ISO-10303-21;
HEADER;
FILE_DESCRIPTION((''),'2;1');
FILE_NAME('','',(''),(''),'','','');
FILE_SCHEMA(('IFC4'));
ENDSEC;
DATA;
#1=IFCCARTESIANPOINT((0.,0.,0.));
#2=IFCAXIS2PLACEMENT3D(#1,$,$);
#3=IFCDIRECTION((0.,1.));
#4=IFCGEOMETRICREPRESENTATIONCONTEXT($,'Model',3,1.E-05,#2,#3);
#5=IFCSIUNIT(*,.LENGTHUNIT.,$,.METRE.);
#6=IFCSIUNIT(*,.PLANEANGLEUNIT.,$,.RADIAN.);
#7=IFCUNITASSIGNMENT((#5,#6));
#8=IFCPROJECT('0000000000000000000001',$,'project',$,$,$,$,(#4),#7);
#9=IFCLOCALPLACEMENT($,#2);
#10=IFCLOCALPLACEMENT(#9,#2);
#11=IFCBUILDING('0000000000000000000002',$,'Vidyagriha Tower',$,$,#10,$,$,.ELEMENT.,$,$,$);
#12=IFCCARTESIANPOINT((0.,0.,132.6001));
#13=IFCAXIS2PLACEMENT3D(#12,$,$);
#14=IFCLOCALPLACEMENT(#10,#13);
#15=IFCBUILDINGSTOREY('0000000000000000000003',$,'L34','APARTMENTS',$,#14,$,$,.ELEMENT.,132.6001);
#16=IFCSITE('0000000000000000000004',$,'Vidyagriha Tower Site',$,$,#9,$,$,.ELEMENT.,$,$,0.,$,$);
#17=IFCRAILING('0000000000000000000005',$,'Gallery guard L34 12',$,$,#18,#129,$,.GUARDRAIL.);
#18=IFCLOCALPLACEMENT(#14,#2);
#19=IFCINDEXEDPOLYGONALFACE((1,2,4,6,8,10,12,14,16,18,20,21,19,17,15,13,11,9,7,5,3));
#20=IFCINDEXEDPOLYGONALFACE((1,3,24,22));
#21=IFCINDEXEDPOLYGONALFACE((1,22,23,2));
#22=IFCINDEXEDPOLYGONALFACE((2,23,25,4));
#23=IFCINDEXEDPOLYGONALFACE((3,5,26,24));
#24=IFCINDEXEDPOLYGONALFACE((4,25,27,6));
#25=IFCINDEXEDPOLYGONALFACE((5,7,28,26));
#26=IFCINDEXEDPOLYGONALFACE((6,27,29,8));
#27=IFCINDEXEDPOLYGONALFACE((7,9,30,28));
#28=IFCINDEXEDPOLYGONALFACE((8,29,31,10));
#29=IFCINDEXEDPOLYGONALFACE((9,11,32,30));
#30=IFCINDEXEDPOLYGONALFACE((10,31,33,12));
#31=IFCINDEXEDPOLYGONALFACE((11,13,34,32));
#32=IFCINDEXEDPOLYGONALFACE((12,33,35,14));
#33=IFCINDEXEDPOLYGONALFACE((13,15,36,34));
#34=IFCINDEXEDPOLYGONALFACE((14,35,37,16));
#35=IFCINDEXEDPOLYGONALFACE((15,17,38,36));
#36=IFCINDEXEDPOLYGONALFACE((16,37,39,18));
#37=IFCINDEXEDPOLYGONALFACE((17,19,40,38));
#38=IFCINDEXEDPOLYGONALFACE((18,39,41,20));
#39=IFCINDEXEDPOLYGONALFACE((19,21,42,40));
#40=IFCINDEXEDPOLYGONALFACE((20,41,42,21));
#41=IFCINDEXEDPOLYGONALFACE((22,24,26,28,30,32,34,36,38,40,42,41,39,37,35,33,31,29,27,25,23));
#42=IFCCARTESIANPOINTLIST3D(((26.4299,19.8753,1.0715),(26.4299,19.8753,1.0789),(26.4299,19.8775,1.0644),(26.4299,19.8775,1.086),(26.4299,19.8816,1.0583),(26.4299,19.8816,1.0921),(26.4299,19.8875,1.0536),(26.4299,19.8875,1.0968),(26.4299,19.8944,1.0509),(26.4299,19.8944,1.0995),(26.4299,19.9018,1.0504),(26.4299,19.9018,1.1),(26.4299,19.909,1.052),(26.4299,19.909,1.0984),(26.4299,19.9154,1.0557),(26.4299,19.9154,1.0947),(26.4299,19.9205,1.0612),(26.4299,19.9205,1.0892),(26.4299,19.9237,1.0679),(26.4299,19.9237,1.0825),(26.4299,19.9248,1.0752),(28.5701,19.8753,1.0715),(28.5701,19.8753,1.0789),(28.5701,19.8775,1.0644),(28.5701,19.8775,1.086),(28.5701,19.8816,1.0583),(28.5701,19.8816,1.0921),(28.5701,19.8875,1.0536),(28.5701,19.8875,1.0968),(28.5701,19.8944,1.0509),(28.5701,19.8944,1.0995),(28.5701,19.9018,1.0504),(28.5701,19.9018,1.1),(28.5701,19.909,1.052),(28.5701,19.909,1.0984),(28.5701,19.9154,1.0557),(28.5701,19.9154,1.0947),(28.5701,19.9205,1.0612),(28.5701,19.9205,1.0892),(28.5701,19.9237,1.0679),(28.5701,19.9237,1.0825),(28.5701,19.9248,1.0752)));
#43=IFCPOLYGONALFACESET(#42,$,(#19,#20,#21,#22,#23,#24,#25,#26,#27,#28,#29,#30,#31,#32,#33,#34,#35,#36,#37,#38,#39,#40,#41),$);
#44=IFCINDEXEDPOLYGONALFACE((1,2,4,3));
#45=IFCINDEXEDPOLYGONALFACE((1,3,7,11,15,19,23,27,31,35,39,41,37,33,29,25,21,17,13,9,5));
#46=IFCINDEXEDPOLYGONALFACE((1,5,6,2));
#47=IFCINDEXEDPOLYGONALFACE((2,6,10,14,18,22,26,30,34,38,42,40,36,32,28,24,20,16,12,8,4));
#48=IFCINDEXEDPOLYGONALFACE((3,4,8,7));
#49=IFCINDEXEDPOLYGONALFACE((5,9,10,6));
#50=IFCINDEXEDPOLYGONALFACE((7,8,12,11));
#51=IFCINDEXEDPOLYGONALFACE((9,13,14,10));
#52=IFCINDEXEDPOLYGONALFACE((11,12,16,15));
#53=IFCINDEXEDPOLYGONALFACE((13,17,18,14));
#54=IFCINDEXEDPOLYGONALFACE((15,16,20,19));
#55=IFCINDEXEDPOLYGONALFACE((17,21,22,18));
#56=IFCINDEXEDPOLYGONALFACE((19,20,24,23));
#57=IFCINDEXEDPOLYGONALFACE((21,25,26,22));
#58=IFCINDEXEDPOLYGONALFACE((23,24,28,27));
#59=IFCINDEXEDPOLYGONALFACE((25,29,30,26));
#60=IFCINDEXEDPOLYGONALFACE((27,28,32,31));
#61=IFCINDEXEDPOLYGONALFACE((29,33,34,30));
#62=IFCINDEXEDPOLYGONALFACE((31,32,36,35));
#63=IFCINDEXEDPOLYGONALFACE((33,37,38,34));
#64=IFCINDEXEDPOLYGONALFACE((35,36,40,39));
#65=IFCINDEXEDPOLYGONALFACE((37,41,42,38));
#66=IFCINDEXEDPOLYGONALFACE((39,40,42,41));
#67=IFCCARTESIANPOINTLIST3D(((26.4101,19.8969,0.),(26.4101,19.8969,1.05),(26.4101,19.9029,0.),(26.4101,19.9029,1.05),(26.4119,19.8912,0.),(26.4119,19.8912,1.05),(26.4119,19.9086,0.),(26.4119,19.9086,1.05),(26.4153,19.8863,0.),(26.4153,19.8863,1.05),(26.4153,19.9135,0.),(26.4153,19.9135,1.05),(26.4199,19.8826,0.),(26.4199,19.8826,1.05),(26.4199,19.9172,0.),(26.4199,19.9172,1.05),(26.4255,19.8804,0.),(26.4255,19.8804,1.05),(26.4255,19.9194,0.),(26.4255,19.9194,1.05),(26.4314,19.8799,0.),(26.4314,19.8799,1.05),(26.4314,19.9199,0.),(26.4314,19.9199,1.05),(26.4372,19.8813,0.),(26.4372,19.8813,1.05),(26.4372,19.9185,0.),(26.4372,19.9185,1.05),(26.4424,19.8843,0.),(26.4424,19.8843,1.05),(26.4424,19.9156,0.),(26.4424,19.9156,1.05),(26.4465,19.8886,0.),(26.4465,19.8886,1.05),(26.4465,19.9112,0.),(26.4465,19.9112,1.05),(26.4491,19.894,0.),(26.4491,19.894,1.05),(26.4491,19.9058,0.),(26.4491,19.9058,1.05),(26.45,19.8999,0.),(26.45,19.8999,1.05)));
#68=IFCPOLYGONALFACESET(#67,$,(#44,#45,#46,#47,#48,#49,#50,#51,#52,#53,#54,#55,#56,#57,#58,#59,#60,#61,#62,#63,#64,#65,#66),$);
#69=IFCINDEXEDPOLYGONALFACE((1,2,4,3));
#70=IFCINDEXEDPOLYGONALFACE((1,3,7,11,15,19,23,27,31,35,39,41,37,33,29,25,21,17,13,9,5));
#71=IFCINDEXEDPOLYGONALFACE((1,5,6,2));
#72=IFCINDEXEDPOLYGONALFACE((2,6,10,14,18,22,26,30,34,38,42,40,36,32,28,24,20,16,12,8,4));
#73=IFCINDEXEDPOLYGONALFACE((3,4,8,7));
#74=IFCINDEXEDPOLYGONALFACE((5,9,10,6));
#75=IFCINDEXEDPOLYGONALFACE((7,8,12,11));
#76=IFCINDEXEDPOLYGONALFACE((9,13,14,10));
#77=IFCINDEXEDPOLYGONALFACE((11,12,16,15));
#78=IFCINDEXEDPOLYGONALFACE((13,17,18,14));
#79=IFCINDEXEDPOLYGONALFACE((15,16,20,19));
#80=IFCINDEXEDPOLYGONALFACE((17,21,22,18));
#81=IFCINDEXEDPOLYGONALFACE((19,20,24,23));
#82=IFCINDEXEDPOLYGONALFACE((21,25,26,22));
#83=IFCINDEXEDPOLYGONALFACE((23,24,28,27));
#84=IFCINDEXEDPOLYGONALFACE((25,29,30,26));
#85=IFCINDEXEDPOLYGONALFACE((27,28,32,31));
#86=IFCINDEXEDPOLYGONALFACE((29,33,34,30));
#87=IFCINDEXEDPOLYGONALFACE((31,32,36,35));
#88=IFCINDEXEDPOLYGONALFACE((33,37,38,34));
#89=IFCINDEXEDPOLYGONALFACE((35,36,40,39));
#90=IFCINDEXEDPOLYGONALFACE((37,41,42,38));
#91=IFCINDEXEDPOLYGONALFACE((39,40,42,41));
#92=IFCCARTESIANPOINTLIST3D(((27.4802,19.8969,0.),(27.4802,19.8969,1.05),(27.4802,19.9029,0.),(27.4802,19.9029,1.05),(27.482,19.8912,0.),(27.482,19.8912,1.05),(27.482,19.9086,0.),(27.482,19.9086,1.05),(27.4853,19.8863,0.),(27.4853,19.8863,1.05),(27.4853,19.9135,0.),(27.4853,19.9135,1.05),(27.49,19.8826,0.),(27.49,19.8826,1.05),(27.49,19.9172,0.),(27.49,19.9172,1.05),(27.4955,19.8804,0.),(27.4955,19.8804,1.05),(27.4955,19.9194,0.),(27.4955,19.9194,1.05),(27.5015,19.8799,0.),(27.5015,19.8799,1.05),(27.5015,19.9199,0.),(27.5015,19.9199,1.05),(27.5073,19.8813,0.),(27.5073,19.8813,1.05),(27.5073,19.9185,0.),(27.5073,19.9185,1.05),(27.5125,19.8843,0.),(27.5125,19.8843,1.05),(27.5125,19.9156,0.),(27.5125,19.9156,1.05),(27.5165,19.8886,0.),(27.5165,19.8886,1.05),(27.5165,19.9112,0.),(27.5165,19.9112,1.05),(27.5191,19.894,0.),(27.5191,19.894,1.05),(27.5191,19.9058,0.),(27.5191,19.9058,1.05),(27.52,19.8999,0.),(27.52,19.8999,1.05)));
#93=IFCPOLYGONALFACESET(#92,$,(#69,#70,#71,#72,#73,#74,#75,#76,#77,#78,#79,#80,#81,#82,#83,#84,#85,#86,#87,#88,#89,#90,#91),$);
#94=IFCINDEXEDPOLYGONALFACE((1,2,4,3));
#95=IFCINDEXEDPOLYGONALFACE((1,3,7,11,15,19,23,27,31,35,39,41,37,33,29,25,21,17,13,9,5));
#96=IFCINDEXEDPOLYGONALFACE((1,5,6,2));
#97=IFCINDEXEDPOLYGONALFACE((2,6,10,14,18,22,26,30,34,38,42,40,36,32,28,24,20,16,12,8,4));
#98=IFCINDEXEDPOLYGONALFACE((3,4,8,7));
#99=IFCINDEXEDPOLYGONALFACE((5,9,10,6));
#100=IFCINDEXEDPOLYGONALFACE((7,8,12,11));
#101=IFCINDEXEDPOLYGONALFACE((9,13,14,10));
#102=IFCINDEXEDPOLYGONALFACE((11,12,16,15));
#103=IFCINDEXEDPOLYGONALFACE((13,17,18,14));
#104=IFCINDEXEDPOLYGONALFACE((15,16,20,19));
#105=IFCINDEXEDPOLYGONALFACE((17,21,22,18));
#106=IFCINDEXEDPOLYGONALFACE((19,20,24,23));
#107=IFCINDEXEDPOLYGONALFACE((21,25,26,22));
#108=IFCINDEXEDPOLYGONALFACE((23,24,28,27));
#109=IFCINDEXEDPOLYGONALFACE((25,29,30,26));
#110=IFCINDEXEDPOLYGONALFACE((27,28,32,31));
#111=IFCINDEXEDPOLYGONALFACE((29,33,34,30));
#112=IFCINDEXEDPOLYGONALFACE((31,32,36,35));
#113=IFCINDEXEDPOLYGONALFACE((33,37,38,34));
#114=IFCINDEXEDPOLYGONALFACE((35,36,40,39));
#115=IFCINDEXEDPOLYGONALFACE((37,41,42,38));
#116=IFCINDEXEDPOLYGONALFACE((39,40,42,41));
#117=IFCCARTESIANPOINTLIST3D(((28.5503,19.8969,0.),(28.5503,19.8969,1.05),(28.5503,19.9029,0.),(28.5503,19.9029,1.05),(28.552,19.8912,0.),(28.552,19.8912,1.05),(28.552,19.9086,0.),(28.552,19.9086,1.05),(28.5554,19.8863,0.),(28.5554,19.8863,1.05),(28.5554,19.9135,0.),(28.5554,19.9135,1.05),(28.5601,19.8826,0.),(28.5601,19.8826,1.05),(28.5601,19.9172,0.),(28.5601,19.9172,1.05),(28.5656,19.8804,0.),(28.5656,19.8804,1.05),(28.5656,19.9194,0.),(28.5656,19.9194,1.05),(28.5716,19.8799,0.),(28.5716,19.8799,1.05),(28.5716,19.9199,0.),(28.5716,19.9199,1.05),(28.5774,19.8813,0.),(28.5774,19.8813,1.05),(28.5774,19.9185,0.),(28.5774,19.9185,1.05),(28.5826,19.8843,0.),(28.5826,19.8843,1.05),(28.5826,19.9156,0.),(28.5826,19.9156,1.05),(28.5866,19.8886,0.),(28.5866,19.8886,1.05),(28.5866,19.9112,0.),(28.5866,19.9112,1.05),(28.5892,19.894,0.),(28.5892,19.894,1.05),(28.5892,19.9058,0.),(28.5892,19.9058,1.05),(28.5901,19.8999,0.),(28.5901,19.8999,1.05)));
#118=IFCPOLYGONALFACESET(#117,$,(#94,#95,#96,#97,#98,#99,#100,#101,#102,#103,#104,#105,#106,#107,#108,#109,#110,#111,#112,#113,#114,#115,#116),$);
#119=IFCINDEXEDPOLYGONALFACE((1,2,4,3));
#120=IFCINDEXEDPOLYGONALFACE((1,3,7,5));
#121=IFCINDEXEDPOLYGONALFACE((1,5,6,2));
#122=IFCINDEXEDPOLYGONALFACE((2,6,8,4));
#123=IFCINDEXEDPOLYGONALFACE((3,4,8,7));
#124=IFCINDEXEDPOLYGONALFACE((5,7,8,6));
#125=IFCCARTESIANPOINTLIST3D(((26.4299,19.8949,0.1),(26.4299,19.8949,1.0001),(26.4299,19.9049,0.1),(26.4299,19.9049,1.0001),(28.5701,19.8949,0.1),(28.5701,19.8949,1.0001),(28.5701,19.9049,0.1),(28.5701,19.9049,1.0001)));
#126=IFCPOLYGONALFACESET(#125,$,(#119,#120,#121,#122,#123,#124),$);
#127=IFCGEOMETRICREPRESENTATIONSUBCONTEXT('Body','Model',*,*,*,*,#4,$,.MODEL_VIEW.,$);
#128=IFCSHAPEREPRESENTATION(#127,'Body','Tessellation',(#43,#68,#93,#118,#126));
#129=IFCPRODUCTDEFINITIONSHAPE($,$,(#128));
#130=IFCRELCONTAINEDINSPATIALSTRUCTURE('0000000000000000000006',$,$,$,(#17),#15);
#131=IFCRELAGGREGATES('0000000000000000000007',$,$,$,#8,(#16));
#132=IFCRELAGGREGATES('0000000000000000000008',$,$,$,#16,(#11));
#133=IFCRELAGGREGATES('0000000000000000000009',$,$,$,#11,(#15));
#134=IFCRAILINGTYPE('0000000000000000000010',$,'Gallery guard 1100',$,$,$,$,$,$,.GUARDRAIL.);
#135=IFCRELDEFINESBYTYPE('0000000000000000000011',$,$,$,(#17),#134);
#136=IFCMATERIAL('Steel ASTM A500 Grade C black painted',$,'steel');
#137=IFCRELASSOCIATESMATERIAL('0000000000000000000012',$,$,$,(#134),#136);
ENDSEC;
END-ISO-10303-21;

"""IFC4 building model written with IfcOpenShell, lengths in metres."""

from ifc_helpers import new_model, si_unit, direction, frame, origin, origin_2d, place, context, subcontext, project, spatial, rectangle, circle, extrude, material, type_object, element, save


model = new_model("IFC4")

# Units and contexts
model_context = context("Model", 3, precision=1e-05, world=origin(), true_north=direction((0.0, 1.0)))
body_context = subcontext(model_context, "Body", "Model", "MODEL_VIEW")
ifc_project = project(units=[si_unit("LENGTHUNIT", "METRE"), si_unit("PLANEANGLEUNIT", "RADIAN")], contexts=[model_context])

# Site, building, storey
site_placement = place(None, origin())
site = spatial("IfcSite", under=ifc_project, at=site_placement, Name="Vidyagriha Tower Site", CompositionType="ELEMENT", RefElevation=0.0)
building_placement = place(site_placement, origin())
building = spatial("IfcBuilding", under=site, at=building_placement, Name="Vidyagriha Tower", CompositionType="ELEMENT")
storey_placement = place(building_placement, frame((0.0, 0.0, 132.6001)))
storey = spatial("IfcBuildingStorey", under=building, at=storey_placement, Name="L34", Description="APARTMENTS", CompositionType="ELEMENT", Elevation=132.6001)

# Railing
ifc_material_1 = material(Name="Steel ASTM A500 Grade C black painted", Category="steel")
railing_type = type_object("IfcRailingType", Name="Gallery guard 1100", PredefinedType="GUARDRAIL", material=ifc_material_1)
railing_1_placement = place(storey_placement, frame((26.4299, 19.8999, 0.0)))
element("IfcRailing", 1, at=railing_1_placement, inside=storey, type_object=railing_type, Name="Gallery guard L34 12", PredefinedType="GUARDRAIL", context=body_context, shape_type="SweptSolid", body=[
    extrude(circle(Radius=0.0249, at=origin_2d()), frame((0.0, 0.0, 1.0752), z_axis=(1.0, 0.0, 0.0), x_axis=(0.0, 1.0, 0.0)), (0.0, 0.0, 1.0), 2.1401),
    extrude(circle(Radius=0.02, at=origin_2d()), origin(), (0.0, 0.0, 1.0), 1.05),
    extrude(circle(Radius=0.02, at=origin_2d()), frame((1.0701, 0.0, 0.0)), (0.0, 0.0, 1.0), 1.05),
    extrude(circle(Radius=0.02, at=origin_2d()), frame((2.1401, 0.0, 0.0)), (0.0, 0.0, 1.0), 1.05),
    extrude(rectangle(XDim=0.01, YDim=0.9001, at=origin_2d()), frame((0.0, 0.0, 0.55), z_axis=(1.0, 0.0, 0.0), x_axis=(0.0, 1.0, 0.0)), (0.0, 0.0, 1.0), 2.1401),
])

save(model, "model.ifc")
